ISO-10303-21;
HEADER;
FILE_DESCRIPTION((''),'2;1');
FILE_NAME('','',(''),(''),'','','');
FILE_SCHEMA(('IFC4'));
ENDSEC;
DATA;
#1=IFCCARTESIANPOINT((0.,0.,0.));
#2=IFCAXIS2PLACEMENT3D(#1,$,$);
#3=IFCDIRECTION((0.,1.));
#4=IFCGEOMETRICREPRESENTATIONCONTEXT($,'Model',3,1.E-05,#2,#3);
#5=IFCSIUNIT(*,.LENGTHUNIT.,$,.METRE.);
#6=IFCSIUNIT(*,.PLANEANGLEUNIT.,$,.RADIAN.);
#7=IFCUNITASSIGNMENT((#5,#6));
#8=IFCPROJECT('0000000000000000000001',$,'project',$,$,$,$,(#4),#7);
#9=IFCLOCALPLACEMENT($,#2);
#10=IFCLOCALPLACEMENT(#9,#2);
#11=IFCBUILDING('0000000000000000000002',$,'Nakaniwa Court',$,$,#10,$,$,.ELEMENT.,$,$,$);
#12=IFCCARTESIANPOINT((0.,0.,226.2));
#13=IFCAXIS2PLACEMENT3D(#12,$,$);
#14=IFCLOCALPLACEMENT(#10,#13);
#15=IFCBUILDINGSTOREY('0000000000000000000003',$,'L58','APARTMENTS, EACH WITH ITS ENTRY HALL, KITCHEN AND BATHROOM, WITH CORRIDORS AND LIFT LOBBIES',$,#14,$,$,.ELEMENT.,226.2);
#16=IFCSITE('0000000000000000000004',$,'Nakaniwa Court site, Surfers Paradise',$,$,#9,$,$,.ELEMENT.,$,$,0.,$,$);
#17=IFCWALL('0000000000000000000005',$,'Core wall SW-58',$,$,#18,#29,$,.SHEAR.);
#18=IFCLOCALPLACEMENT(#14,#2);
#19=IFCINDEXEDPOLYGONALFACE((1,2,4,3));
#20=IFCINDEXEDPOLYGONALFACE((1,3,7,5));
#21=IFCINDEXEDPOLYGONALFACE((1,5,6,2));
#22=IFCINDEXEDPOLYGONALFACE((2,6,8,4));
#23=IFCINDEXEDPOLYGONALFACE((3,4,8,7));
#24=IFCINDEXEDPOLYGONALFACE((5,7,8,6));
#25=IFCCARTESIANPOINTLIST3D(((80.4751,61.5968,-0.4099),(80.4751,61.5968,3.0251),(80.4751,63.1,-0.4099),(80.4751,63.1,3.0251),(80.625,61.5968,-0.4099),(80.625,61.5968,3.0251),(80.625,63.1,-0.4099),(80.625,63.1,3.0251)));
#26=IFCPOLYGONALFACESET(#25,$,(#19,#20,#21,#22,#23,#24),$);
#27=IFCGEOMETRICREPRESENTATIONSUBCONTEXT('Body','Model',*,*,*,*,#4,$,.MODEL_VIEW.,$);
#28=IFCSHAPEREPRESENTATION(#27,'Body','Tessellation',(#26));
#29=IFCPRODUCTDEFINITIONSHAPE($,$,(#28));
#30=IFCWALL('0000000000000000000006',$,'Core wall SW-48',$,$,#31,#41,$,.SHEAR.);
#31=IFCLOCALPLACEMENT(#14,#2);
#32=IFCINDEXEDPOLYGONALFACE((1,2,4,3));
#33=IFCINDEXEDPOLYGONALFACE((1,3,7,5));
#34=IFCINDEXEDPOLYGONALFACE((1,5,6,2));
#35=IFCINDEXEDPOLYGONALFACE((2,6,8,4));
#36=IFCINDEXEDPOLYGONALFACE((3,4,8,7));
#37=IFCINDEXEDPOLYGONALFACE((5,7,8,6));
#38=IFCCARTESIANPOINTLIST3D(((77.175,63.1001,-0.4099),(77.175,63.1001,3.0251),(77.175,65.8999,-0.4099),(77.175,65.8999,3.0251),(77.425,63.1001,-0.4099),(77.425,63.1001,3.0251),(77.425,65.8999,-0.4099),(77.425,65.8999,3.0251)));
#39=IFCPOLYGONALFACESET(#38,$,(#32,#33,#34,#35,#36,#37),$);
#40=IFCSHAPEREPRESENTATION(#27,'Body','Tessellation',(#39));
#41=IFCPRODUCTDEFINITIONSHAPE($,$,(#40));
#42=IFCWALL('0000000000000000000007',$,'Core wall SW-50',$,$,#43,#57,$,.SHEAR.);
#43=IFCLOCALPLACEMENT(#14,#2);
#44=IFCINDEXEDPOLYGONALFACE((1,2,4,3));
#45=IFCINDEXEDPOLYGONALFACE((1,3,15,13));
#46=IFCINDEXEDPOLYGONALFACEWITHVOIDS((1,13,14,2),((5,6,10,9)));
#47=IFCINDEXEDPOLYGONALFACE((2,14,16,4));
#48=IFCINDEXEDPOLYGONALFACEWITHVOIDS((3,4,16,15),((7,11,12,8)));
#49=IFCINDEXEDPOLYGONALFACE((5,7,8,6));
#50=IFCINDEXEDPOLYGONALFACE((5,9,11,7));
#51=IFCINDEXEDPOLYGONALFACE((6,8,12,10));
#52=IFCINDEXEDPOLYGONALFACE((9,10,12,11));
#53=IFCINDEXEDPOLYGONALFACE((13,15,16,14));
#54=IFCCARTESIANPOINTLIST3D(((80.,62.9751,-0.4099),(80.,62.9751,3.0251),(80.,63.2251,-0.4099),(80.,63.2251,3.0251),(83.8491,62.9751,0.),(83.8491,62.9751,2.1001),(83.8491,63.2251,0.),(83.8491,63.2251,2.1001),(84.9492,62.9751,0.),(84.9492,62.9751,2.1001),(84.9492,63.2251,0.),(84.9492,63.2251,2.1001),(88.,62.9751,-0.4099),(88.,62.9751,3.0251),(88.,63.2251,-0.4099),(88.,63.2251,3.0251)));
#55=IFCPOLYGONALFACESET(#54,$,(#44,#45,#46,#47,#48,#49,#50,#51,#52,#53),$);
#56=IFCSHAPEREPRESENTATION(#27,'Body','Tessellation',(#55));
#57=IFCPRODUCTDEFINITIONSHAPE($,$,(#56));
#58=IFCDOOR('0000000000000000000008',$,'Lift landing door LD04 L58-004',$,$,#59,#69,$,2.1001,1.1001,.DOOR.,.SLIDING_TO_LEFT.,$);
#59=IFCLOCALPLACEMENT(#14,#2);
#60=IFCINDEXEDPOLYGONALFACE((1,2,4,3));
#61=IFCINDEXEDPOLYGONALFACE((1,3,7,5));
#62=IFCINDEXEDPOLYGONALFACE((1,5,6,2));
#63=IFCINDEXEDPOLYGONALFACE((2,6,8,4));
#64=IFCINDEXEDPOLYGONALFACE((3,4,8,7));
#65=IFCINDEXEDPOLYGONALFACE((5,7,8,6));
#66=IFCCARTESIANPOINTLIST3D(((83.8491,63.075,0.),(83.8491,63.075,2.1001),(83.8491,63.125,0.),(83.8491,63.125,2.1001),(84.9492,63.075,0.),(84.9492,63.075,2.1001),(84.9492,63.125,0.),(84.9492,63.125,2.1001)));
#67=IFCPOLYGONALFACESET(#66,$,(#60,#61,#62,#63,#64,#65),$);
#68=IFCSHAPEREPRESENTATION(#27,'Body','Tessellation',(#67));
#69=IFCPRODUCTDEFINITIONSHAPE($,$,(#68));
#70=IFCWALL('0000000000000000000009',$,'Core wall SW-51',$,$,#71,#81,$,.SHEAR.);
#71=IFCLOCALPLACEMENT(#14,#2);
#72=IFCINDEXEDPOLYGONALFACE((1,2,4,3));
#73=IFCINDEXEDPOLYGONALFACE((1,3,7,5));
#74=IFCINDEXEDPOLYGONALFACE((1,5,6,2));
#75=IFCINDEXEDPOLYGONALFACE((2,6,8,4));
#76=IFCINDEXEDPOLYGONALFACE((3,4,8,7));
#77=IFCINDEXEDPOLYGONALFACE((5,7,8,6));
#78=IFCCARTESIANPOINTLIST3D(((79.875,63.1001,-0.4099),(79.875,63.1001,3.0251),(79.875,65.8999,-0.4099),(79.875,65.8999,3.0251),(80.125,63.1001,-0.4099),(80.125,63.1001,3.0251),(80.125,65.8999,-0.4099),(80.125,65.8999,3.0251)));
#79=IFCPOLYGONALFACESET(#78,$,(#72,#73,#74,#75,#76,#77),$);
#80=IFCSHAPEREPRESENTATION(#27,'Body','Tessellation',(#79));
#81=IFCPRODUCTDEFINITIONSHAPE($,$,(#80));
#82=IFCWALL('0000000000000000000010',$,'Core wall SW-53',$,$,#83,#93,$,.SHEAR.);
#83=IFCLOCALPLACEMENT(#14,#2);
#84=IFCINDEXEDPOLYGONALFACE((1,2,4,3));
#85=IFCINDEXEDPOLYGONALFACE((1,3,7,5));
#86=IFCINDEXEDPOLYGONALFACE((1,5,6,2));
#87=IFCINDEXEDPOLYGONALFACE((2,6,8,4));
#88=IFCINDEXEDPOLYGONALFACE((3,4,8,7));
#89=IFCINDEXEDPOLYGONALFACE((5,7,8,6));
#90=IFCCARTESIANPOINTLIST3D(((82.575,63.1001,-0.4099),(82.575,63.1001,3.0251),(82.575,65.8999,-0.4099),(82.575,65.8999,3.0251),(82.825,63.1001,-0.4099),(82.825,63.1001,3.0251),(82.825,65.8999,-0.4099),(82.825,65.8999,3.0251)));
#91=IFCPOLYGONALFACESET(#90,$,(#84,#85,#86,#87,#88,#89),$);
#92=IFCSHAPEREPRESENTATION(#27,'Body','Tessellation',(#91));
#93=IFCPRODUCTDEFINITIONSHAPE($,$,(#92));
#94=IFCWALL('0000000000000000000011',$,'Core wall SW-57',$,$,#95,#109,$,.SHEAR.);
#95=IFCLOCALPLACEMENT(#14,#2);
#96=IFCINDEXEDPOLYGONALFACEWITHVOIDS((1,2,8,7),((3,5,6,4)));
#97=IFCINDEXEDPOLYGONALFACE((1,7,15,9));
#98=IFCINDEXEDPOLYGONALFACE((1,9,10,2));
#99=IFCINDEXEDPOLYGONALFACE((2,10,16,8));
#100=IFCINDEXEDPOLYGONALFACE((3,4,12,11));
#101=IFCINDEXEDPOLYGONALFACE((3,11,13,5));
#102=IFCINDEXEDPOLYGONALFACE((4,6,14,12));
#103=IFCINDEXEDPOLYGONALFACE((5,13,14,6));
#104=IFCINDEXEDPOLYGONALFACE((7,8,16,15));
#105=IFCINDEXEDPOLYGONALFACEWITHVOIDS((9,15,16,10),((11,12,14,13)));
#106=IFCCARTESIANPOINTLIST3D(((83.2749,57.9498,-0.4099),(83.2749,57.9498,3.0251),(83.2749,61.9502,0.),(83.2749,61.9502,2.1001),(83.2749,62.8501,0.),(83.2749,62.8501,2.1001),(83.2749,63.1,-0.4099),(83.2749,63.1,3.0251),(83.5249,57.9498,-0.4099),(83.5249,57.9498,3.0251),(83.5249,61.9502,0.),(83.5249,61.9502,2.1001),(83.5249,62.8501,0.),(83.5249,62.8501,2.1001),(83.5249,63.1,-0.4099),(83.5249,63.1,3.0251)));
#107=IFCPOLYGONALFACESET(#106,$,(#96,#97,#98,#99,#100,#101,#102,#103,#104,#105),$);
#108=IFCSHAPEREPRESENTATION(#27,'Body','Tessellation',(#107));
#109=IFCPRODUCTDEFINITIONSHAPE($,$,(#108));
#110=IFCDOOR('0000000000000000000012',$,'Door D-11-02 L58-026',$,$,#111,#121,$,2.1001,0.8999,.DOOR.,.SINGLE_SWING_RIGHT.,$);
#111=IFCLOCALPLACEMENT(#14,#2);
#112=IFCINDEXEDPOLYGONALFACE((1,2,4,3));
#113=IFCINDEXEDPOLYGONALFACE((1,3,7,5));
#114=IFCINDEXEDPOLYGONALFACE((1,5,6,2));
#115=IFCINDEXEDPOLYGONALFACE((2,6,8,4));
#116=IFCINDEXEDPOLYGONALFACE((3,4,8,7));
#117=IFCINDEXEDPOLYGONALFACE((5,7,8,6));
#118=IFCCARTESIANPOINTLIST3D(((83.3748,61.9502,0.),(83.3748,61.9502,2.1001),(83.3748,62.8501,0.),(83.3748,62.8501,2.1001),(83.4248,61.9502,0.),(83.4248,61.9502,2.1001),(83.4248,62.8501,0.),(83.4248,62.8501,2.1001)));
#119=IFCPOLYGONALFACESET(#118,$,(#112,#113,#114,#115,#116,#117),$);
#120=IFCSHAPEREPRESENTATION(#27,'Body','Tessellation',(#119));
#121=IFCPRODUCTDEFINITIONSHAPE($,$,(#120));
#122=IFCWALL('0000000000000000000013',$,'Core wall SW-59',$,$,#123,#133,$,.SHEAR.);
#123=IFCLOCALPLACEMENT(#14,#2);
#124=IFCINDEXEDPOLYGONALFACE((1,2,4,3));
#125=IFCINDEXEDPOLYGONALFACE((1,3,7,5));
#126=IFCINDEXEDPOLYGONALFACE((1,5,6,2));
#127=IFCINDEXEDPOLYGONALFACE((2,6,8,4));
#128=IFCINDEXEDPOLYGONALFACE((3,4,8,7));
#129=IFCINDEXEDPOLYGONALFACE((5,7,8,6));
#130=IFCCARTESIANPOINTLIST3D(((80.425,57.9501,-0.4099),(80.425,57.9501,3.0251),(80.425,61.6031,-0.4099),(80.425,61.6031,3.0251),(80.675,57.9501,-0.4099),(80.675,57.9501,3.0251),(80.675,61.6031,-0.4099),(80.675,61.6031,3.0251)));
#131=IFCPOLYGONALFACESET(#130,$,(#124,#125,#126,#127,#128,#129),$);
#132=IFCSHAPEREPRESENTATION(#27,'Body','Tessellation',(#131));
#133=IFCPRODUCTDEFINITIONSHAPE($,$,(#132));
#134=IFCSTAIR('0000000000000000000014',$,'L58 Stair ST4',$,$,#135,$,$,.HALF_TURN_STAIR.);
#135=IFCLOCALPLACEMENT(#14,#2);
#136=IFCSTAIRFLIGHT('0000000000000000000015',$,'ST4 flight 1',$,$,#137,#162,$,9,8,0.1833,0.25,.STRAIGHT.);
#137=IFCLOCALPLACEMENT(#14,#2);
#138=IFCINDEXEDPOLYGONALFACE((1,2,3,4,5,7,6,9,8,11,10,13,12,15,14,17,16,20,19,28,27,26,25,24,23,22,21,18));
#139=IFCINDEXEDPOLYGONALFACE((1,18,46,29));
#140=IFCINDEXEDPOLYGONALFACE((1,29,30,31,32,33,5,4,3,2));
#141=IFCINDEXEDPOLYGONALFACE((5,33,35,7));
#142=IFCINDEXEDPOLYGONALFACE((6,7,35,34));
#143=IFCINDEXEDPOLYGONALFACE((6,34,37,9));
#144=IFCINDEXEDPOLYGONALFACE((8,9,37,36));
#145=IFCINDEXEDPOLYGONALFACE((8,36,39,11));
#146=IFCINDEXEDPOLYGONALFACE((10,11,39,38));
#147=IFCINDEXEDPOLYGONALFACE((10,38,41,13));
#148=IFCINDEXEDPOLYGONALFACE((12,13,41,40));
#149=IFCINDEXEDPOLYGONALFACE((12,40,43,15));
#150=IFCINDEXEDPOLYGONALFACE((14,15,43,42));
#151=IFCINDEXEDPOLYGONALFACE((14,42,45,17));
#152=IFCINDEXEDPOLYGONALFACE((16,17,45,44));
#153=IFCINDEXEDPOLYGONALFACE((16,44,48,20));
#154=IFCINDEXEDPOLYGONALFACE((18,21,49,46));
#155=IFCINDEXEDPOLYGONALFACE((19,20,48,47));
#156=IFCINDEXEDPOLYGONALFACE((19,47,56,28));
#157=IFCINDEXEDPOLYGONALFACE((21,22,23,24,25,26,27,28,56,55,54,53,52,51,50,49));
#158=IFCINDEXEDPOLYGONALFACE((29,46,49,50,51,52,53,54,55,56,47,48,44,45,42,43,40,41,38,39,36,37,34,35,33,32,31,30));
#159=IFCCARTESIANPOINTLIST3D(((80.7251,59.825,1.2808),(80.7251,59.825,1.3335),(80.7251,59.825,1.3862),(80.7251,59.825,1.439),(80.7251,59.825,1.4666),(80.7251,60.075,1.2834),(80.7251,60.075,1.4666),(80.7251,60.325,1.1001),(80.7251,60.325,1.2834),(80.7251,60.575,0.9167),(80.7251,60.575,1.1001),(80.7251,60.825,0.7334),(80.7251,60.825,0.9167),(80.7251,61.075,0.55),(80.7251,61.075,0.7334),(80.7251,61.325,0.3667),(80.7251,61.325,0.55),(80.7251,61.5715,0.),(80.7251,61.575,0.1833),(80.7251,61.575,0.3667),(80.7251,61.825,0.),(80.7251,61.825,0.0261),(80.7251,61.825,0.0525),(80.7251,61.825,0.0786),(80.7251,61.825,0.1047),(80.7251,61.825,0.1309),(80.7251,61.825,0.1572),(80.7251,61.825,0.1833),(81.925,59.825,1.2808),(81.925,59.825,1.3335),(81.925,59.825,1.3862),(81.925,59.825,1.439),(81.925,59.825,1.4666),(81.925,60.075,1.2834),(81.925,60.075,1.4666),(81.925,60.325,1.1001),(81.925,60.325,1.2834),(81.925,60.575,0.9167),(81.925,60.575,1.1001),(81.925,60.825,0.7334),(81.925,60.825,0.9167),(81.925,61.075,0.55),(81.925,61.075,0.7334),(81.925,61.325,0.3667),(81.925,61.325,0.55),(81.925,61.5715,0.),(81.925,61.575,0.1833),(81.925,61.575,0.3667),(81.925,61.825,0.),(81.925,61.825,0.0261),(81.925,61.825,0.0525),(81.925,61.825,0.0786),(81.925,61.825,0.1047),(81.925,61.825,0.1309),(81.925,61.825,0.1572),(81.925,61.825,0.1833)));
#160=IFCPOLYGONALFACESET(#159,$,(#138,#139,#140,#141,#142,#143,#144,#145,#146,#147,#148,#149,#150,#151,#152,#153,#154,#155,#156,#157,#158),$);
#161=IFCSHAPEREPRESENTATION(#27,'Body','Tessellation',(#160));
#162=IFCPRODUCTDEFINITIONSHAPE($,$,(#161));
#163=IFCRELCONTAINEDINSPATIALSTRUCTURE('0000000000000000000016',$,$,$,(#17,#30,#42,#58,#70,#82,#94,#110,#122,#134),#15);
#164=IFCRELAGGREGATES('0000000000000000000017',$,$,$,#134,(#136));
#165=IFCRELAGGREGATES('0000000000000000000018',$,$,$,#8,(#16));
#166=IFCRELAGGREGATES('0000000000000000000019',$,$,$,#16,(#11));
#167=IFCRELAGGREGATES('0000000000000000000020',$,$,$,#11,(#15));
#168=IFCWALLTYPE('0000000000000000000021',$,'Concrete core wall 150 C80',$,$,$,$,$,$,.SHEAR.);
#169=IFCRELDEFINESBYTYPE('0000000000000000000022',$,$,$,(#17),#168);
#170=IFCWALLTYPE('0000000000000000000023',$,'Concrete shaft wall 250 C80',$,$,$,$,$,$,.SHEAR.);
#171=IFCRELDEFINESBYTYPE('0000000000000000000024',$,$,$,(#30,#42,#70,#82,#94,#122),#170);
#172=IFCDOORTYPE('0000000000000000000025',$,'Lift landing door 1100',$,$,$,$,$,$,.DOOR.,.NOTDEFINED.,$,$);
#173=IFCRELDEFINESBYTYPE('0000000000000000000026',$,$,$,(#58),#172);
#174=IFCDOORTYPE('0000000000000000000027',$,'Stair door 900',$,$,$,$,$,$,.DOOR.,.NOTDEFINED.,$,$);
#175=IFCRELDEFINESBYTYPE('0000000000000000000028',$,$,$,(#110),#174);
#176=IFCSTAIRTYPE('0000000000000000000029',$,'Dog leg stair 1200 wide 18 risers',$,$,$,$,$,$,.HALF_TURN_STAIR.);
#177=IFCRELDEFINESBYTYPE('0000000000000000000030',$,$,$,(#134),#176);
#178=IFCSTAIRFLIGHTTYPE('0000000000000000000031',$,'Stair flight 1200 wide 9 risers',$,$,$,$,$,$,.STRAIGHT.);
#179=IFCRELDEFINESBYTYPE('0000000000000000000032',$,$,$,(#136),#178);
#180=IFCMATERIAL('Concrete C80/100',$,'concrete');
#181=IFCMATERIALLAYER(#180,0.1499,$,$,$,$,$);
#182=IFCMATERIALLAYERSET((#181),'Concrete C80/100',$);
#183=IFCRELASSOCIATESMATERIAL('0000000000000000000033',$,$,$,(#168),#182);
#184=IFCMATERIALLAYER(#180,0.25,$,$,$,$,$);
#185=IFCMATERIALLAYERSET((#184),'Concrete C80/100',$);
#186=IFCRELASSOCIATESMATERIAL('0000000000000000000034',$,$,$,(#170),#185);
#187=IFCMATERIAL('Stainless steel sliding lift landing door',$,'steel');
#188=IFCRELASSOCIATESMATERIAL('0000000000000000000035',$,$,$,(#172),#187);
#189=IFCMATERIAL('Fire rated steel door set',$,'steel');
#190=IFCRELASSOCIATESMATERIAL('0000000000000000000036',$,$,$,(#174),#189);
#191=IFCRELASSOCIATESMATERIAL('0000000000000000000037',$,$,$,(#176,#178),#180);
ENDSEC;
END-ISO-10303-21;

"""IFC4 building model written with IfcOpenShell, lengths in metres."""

from ifc_helpers import new_model, si_unit, direction, frame, frame_2d, origin, place, context, subcontext, project, spatial, polyline, rectangle, outline, extrude, material, layer, layer_set, type_object, element, fill, aggregate, save


model = new_model("IFC4")

# Units and contexts
model_context = context("Model", 3, precision=1e-05, world=origin(), true_north=direction((0.0, 1.0)))
body_context = subcontext(model_context, "Body", "Model", "MODEL_VIEW")
ifc_project = project(units=[si_unit("LENGTHUNIT", "METRE"), si_unit("PLANEANGLEUNIT", "RADIAN")], contexts=[model_context])

# Site, building, storey
site_placement = place(None, origin())
site = spatial("IfcSite", under=ifc_project, at=site_placement, Name="Nakaniwa Court site, Surfers Paradise", CompositionType="ELEMENT", RefElevation=0.0)
building_placement = place(site_placement, origin())
building = spatial("IfcBuilding", under=site, at=building_placement, Name="Nakaniwa Court", CompositionType="ELEMENT")
storey_placement = place(building_placement, frame((0.0, 0.0, 226.2)))
storey = spatial("IfcBuildingStorey", under=building, at=storey_placement, Name="L58", Description="APARTMENTS, EACH WITH ITS ENTRY HALL, KITCHEN AND BATHROOM, WITH CORRIDORS AND LIFT LOBBIES", CompositionType="ELEMENT", Elevation=226.2)

# Shared definitions
ifc_material_1 = material(Name="Fire rated steel door set", Category="steel")

# Walls
ifc_material_2 = material(Name="Concrete C80/100", Category="concrete")
ifc_layer_1 = layer(ifc_material_2, 0.1499)
ifc_layer_set_1 = layer_set([ifc_layer_1], Name="Concrete C80/100")
wall_type_1 = type_object("IfcWallType", Name="Concrete core wall 150 C80", PredefinedType="SHEAR", material=ifc_layer_set_1)
wall_1_placement = place(storey_placement, frame((80.55, 61.5969, -0.4099), z_axis=(0.0, 0.0, 1.0), x_axis=(0.0, 1.0, 0.0)))
element("IfcWall", 1, at=wall_1_placement, inside=storey, type_object=wall_type_1, Name="Core wall SW-58", PredefinedType="SHEAR", context=body_context, shape_type="SweptSolid", body=[
    extrude(rectangle(XDim=1.5032, YDim=0.1499, at=frame_2d((0.7515, 0.0))), origin(), (0.0, 0.0, 1.0), 3.4351),
])
ifc_layer_2 = layer(ifc_material_2, 0.25)
ifc_layer_set_2 = layer_set([ifc_layer_2], Name="Concrete C80/100")
wall_type_2 = type_object("IfcWallType", Name="Concrete shaft wall 250 C80", PredefinedType="SHEAR", material=ifc_layer_set_2)
wall_2_placement = place(storey_placement, frame((77.3, 63.1001, -0.4099), z_axis=(0.0, 0.0, 1.0), x_axis=(0.0, 1.0, 0.0)))
element("IfcWall", 2, at=wall_2_placement, inside=storey, type_object=wall_type_2, Name="Core wall SW-48", PredefinedType="SHEAR", context=body_context, shape_type="SweptSolid", body=[
    extrude(rectangle(XDim=2.7998, YDim=0.25, at=frame_2d((1.3999, 0.0))), origin(), (0.0, 0.0, 1.0), 3.4351),
])

# Wall, opening, door
wall_3_placement = place(storey_placement, frame((80.0, 63.1001, -0.4099), z_axis=(0.0, 0.0, 1.0), x_axis=(1.0, 0.0, 0.0)))
wall_3 = element("IfcWall", 3, at=wall_3_placement, inside=storey, type_object=wall_type_2, Name="Core wall SW-50", PredefinedType="SHEAR", context=body_context, shape_type="SweptSolid", body=[
    extrude(rectangle(XDim=8.0, YDim=0.25, at=frame_2d((4.0, 0.0))), origin(), (0.0, 0.0, 1.0), 3.4351),
])
opening_1_placement = place(wall_3_placement, frame((3.8491, 0.0, 0.4099)))
opening_1 = element("IfcOpeningElement", 4, at=opening_1_placement, cuts=wall_3, PredefinedType="OPENING", context=body_context, shape_type="SweptSolid", body=[
    extrude(rectangle(XDim=1.1001, YDim=2.1001, at=frame_2d((0.55, 1.05))), frame((0.0, 0.135, 0.0), z_axis=(0.0, -1.0, 0.0), x_axis=(1.0, 0.0, 0.0)), (0.0, 0.0, 1.0), 0.27),
])
ifc_material_3 = material(Name="Stainless steel sliding lift landing door", Category="steel")
door_type_1 = type_object("IfcDoorType", Name="Lift landing door 1100", OperationType="NOTDEFINED", PredefinedType="DOOR", material=ifc_material_3)
door_1_placement = place(opening_1_placement, origin())
door_1 = element("IfcDoor", 5, at=door_1_placement, inside=storey, type_object=door_type_1, Name="Lift landing door LD04 L58-004", OperationType="SLIDING_TO_LEFT", OverallHeight=2.1001, OverallWidth=1.1001, PredefinedType="DOOR", context=body_context, shape_type="SweptSolid", body=[
    extrude(rectangle(XDim=1.1001, YDim=2.1001, at=frame_2d((0.55, 1.05))), frame((0.0, 0.0249, 0.0), z_axis=(0.0, -1.0, 0.0), x_axis=(1.0, 0.0, 0.0)), (0.0, 0.0, 1.0), 0.05),
])
fill(opening_1, door_1)

# Walls
for number, where, z_axis, x_axis, name in (
    (6, (80.0, 63.1001, -0.4099), (0.0, 0.0, 1.0), (0.0, 1.0, 0.0), "Core wall SW-51"),
    (7, (82.7, 63.1001, -0.4099), (0.0, 0.0, 1.0), (0.0, 1.0, 0.0), "Core wall SW-53"),
):
    element("IfcWall", number, at=place(storey_placement, frame(where, z_axis=z_axis, x_axis=x_axis)), inside=storey, type_object=wall_type_2, Name=name, PredefinedType="SHEAR", context=body_context, shape_type="SweptSolid", body=[
        extrude(rectangle(XDim=2.7998, YDim=0.25, at=frame_2d((1.3999, 0.0))), origin(), (0.0, 0.0, 1.0), 3.4351),
    ])

# Wall, opening, door
wall_4_placement = place(storey_placement, frame((83.3999, 63.1001, -0.4099), z_axis=(0.0, 0.0, 1.0), x_axis=(0.0, -1.0, 0.0)))
wall_4 = element("IfcWall", 8, at=wall_4_placement, inside=storey, type_object=wall_type_2, Name="Core wall SW-57", PredefinedType="SHEAR", context=body_context, shape_type="SweptSolid", body=[
    extrude(rectangle(XDim=5.1501, YDim=0.25, at=frame_2d((2.5752, 0.0))), origin(), (0.0, 0.0, 1.0), 3.4351),
])
opening_2_placement = place(wall_4_placement, frame((0.25, 0.0, 0.4099)))
opening_2 = element("IfcOpeningElement", 9, at=opening_2_placement, cuts=wall_4, PredefinedType="OPENING", context=body_context, shape_type="SweptSolid", body=[
    extrude(rectangle(XDim=0.8999, YDim=2.1001, at=frame_2d((0.45, 1.05))), frame((0.0, 0.135, 0.0), z_axis=(0.0, -1.0, 0.0), x_axis=(1.0, 0.0, 0.0)), (0.0, 0.0, 1.0), 0.27),
])
door_type_2 = type_object("IfcDoorType", Name="Stair door 900", OperationType="NOTDEFINED", PredefinedType="DOOR", material=ifc_material_1)
door_2_placement = place(opening_2_placement, origin())
door_2 = element("IfcDoor", 10, at=door_2_placement, inside=storey, type_object=door_type_2, Name="Door D-11-02 L58-026", OperationType="SINGLE_SWING_RIGHT", OverallHeight=2.1001, OverallWidth=0.8999, PredefinedType="DOOR", context=body_context, shape_type="SweptSolid", body=[
    extrude(rectangle(XDim=0.8999, YDim=2.1001, at=frame_2d((0.45, 1.05))), frame((0.0, 0.0249, 0.0), z_axis=(0.0, -1.0, 0.0), x_axis=(1.0, 0.0, 0.0)), (0.0, 0.0, 1.0), 0.05),
])
fill(opening_2, door_2)

# Wall
wall_5_placement = place(storey_placement, frame((80.55, 57.95, -0.4099), z_axis=(0.0, 0.0, 1.0), x_axis=(0.0, 1.0, 0.0)))
element("IfcWall", 11, at=wall_5_placement, inside=storey, type_object=wall_type_2, Name="Core wall SW-59", PredefinedType="SHEAR", context=body_context, shape_type="SweptSolid", body=[
    extrude(rectangle(XDim=3.6531, YDim=0.25, at=frame_2d((1.8267, 0.0))), origin(), (0.0, 0.0, 1.0), 3.4351),
])

# Stair, stair flight
stair_type = type_object("IfcStairType", Name="Dog leg stair 1200 wide 18 risers", PredefinedType="HALF_TURN_STAIR", material=ifc_material_2)
stair_placement = place(storey_placement, origin())
stair = element("IfcStair", 12, at=stair_placement, inside=storey, type_object=stair_type, Name="L58 Stair ST4", PredefinedType="HALF_TURN_STAIR")
stair_flight_type = type_object("IfcStairFlightType", Name="Stair flight 1200 wide 9 risers", PredefinedType="STRAIGHT", material=ifc_material_2)
stair_flight_1_placement = place(storey_placement, frame((81.325, 61.825, 0.0), z_axis=(0.0, 0.0, 1.0), x_axis=(0.0, -1.0, 0.0)))
stair_flight_1 = element("IfcStairFlight", 13, at=stair_flight_1_placement, type_object=stair_flight_type, Name="ST4 flight 1", NumberOfRisers=9, NumberOfTreads=8, PredefinedType="STRAIGHT", RiserHeight=0.1833, TreadLength=0.25, context=body_context, shape_type="SweptSolid", body=[
    extrude(outline(polyline([(0.0, 0.0), (0.0, 0.0261), (0.0, 0.0525), (0.0, 0.0786), (0.0, 0.1047), (0.0, 0.1309), (0.0, 0.1572), (0.0, 0.1833), (0.25, 0.1833), (0.25, 0.3667), (0.5, 0.3667), (0.5, 0.55), (0.75, 0.55), (0.75, 0.7334), (1.0, 0.7334), (1.0, 0.9167), (1.25, 0.9167), (1.25, 1.1001), (1.5, 1.1001), (1.5, 1.2834), (1.75, 1.2834), (1.75, 1.4666), (2.0, 1.4666), (2.0, 1.6499), (2.0, 1.5972), (2.0, 1.5444), (2.0, 1.4917), (2.0, 1.439), (2.0, 1.3862), (2.0, 1.3335), (2.0, 1.2808), (0.2534, 0.0), (0.0, 0.0)])), frame((0.0, 0.6001, 0.0), z_axis=(0.0, -1.0, 0.0), x_axis=(1.0, 0.0, 0.0)), (0.0, 0.0, 1.0), 1.2),
])
aggregate(stair, [stair_flight_1])

save(model, "model.ifc")
